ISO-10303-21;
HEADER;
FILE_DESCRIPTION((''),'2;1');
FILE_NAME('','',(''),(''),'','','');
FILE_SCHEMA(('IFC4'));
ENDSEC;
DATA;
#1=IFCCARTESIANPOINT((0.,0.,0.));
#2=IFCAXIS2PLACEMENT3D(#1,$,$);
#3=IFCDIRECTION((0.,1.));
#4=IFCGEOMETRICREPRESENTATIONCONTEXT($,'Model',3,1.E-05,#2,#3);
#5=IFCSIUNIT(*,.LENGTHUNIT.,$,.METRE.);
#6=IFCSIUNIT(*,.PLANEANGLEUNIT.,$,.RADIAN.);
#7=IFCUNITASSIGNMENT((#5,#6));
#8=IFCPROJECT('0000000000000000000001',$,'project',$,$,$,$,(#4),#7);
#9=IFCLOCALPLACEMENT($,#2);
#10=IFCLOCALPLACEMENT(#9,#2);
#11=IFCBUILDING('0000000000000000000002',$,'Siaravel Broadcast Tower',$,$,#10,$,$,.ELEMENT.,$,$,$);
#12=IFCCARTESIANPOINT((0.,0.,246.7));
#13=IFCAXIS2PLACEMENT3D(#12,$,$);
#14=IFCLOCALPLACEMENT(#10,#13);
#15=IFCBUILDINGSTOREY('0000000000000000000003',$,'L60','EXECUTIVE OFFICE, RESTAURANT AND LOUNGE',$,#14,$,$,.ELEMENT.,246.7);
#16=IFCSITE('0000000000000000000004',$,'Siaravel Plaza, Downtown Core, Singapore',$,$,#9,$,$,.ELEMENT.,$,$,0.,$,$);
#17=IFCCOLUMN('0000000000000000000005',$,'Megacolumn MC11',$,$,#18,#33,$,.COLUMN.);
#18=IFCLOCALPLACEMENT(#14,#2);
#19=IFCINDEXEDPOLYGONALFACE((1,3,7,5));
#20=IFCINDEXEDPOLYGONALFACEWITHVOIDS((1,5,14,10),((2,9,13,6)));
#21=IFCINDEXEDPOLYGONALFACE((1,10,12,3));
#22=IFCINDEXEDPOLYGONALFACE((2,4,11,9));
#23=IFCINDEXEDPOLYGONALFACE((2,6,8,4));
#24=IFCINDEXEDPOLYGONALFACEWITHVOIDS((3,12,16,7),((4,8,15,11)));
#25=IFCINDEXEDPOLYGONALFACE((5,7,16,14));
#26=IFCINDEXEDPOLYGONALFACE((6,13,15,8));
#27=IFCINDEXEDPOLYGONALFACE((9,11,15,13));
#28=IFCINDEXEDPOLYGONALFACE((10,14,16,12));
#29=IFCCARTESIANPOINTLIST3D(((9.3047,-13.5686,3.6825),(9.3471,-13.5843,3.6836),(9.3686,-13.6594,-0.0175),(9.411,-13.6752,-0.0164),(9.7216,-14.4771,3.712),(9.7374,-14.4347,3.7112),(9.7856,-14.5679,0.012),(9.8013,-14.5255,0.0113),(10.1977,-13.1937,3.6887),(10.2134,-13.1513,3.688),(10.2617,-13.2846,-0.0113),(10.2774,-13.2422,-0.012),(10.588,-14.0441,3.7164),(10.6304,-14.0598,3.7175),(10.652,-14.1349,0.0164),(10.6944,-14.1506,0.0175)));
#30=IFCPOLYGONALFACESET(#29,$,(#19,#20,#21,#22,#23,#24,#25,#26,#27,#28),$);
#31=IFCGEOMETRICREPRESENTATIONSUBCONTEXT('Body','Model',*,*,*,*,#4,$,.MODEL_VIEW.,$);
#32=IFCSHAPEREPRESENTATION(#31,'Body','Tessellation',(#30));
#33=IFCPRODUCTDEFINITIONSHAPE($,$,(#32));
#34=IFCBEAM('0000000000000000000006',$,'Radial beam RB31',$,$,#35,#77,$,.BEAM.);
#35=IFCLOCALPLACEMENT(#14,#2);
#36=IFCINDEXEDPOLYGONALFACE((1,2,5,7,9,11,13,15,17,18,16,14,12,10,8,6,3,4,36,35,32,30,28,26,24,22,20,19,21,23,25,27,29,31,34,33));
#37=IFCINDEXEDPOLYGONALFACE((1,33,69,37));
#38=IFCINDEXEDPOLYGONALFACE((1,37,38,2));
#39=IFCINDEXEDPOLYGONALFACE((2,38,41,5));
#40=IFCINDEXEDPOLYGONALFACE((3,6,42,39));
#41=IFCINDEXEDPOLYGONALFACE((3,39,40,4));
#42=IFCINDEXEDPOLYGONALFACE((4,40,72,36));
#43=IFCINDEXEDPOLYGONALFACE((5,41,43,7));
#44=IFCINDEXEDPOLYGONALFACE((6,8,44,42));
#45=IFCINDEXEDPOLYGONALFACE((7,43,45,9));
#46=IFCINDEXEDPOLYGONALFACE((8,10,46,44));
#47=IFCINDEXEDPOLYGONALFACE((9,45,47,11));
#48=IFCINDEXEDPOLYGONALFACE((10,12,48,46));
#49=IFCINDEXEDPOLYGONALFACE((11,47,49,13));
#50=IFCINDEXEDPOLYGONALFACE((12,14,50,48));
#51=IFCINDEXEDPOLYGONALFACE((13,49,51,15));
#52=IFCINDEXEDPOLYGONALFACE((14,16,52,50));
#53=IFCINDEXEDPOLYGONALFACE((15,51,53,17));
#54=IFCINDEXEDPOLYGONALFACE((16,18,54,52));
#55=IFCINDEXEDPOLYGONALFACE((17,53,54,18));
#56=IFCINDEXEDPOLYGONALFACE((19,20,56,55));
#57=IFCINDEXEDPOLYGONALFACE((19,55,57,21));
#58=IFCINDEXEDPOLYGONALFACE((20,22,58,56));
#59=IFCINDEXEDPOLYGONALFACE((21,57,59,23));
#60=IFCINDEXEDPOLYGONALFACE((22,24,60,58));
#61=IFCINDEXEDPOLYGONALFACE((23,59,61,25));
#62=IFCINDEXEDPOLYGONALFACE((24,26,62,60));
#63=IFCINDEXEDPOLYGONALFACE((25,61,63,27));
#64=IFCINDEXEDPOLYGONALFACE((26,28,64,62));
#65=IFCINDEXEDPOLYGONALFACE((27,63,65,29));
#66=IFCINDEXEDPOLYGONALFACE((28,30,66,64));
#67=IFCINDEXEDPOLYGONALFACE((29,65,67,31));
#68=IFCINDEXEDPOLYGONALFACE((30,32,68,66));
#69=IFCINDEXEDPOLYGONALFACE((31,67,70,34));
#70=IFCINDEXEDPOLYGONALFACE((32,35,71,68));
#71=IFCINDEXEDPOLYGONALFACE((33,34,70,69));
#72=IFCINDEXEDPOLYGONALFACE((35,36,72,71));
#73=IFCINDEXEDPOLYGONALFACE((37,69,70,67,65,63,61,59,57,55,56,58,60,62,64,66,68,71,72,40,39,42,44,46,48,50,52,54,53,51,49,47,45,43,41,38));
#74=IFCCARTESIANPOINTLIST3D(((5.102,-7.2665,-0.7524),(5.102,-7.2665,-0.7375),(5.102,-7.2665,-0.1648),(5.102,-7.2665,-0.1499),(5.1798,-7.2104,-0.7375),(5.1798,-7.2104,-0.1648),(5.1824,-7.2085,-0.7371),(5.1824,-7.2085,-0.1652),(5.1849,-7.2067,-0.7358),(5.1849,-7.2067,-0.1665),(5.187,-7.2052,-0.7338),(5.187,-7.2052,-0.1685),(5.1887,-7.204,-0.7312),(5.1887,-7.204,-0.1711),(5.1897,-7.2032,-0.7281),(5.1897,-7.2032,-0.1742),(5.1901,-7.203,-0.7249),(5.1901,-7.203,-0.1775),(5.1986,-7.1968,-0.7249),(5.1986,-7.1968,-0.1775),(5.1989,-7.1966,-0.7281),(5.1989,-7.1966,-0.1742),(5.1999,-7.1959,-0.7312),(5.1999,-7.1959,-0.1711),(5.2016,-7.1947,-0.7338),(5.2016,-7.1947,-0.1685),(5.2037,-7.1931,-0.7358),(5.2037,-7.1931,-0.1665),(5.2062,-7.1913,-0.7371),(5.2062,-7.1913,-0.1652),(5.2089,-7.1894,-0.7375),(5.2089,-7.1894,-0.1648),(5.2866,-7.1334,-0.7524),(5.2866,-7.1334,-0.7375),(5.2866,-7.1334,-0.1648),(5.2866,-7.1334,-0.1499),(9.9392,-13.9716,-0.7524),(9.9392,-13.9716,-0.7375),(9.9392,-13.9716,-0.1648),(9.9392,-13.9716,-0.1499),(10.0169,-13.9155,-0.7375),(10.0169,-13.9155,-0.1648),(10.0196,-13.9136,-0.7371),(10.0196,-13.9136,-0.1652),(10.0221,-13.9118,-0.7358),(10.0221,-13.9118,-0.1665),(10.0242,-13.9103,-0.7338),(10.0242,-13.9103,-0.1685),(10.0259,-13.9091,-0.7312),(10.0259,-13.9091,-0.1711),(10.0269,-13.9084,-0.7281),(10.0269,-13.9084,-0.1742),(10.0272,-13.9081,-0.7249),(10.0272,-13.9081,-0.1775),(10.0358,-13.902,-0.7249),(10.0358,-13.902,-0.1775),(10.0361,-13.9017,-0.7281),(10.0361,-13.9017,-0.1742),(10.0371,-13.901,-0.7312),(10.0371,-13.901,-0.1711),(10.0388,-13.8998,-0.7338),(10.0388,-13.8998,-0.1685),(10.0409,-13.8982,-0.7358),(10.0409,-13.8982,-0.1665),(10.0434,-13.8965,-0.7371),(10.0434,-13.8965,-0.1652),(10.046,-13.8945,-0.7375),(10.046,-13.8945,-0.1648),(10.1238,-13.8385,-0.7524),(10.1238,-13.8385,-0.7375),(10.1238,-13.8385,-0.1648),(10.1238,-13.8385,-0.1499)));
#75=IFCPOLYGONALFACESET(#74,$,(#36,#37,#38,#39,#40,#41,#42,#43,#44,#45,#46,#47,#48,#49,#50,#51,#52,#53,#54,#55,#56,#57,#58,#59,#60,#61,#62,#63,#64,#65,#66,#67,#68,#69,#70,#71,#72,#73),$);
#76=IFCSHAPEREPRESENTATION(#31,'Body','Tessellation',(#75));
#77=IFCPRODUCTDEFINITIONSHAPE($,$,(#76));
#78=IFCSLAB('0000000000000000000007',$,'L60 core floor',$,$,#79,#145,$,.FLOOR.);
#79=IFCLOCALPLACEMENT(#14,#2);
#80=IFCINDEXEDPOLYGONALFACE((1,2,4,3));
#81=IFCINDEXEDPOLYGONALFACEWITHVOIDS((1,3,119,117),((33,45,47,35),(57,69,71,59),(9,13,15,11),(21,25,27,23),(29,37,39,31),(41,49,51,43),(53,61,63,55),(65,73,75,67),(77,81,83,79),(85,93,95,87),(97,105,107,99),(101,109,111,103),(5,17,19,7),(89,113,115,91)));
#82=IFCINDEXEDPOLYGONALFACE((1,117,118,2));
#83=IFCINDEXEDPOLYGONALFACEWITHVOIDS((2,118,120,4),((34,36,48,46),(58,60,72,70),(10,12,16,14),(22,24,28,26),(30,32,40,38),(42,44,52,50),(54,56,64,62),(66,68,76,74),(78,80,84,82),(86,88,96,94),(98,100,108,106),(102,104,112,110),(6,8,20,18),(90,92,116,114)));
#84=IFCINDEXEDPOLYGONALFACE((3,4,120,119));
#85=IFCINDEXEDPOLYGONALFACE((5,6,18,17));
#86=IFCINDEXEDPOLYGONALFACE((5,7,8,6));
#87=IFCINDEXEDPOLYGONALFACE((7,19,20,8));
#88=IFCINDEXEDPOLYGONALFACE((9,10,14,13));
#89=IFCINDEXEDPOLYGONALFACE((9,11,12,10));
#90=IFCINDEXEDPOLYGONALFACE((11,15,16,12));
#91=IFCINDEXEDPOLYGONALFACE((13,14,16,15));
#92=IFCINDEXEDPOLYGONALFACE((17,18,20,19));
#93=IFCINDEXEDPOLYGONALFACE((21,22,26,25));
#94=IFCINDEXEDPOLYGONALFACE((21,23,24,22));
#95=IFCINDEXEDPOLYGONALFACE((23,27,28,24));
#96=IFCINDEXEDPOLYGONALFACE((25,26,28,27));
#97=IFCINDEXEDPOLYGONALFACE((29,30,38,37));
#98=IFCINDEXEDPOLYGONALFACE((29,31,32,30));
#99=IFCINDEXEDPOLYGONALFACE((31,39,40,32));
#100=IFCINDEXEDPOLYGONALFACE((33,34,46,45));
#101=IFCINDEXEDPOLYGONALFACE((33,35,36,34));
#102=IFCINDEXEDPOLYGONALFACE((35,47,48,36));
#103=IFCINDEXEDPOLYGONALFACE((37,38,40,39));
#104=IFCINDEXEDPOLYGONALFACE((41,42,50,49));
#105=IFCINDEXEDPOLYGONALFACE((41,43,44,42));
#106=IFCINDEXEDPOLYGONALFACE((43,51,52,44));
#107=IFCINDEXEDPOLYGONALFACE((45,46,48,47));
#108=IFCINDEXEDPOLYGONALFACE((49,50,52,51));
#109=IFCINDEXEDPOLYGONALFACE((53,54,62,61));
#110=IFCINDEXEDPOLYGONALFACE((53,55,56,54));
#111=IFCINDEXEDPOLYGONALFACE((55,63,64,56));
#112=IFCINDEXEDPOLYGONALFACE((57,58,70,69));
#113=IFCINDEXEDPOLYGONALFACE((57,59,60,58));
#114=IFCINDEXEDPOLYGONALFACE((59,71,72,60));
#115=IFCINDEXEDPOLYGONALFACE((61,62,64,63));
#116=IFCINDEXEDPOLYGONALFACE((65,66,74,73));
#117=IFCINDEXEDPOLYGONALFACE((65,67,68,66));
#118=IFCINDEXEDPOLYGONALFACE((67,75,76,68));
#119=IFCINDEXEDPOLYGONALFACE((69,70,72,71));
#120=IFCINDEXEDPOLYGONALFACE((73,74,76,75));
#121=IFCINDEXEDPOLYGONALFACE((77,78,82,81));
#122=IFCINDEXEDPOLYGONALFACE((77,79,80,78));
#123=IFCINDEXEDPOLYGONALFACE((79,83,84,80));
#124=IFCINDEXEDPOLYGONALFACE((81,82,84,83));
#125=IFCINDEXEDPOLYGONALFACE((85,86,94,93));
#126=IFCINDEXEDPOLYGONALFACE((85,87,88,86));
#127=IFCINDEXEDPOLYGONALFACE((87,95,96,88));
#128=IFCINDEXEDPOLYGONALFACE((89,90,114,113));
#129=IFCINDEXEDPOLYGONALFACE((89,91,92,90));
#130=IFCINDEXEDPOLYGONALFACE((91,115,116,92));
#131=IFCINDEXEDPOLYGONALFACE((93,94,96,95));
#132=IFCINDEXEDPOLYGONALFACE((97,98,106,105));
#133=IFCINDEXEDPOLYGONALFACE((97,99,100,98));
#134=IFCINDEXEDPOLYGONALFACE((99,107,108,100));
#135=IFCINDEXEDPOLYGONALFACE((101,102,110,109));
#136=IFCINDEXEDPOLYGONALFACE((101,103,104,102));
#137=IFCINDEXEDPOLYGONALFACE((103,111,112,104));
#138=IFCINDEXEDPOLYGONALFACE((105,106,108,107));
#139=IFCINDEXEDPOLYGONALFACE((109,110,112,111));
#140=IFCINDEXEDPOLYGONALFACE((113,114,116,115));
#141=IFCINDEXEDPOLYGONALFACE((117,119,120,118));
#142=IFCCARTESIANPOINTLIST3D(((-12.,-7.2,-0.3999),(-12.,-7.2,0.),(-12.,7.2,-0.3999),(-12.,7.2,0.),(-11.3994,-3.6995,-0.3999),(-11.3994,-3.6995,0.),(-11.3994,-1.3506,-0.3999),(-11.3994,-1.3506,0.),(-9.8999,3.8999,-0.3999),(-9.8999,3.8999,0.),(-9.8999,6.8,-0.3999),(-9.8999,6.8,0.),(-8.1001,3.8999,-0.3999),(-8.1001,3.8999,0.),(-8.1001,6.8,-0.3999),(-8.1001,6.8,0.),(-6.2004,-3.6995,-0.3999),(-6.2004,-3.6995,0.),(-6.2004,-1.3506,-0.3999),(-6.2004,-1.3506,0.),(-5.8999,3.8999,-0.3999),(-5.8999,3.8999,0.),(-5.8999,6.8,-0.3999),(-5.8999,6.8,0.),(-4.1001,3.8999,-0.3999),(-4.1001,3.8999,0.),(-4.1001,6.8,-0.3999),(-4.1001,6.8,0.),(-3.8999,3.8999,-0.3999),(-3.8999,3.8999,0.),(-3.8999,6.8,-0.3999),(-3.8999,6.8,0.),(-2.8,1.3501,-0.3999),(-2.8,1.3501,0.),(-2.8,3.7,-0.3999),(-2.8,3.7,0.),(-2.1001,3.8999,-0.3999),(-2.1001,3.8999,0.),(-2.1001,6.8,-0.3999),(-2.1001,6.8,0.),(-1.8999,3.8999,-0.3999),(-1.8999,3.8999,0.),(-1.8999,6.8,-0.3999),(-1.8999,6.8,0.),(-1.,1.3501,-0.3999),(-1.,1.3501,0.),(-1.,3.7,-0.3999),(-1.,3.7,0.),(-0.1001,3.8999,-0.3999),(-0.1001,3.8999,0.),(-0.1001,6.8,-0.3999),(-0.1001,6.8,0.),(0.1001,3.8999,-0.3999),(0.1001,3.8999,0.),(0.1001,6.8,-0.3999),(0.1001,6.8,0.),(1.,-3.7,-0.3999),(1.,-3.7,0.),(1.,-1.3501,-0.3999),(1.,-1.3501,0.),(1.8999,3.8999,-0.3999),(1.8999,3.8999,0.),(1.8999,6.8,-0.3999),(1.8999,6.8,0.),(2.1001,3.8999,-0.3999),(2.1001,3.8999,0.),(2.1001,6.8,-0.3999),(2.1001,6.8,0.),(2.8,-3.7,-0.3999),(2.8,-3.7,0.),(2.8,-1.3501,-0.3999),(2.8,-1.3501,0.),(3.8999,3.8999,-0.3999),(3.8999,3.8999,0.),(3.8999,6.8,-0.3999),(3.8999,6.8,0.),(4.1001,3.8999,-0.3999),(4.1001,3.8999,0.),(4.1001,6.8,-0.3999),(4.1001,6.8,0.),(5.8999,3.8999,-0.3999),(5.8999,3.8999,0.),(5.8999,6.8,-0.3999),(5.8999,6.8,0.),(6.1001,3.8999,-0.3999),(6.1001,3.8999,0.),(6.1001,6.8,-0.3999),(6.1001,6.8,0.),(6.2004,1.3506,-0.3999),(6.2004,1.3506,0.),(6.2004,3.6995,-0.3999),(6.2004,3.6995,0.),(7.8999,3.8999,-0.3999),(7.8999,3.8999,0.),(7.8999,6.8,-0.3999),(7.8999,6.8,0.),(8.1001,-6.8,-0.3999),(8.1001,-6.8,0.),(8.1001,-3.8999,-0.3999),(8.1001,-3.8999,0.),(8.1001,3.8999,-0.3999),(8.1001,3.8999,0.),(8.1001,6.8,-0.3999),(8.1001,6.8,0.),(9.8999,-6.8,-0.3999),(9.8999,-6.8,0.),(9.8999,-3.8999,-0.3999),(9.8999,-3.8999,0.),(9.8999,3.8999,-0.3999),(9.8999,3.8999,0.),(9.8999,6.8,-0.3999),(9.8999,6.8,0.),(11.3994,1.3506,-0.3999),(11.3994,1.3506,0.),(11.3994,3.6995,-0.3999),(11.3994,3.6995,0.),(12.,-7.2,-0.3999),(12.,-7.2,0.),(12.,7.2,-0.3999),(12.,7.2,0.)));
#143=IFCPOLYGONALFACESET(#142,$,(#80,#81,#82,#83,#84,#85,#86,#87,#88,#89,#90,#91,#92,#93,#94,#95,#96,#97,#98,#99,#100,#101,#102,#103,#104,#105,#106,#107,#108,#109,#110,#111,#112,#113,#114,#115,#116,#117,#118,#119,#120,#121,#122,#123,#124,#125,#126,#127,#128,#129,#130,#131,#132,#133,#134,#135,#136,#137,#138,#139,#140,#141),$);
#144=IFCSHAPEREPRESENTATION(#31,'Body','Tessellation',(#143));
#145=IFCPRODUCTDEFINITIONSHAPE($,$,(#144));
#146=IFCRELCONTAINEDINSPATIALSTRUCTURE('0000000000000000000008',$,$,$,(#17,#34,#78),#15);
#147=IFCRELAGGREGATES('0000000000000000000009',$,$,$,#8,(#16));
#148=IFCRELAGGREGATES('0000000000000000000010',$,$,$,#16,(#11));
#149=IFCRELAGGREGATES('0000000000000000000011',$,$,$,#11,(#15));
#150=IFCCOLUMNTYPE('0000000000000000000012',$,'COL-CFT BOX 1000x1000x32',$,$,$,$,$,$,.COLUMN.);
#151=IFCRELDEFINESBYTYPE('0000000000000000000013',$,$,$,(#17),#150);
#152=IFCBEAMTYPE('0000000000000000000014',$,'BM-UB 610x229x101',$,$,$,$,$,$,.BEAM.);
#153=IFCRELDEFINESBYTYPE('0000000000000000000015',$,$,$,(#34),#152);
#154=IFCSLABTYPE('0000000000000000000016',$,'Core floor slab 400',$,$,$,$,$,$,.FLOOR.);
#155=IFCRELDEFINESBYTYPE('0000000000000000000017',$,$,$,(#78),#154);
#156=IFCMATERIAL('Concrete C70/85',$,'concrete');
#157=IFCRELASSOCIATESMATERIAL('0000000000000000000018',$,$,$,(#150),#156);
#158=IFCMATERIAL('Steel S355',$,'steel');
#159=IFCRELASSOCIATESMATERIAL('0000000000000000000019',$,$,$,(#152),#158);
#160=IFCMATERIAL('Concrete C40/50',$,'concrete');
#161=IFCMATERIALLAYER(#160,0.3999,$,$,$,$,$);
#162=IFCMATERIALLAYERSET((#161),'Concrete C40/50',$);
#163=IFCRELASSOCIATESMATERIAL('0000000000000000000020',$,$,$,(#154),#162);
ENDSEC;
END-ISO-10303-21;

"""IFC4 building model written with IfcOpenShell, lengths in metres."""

from ifc_helpers import new_model, si_unit, direction, frame, origin, origin_2d, place, context, subcontext, project, spatial, polyline, hollow_rectangle, i_section, outline, extrude, material, layer, layer_set, material_profile, profile_set, type_object, element, save


model = new_model("IFC4")

# Units and contexts
model_context = context("Model", 3, precision=1e-05, world=origin(), true_north=direction((0.0, 1.0)))
body_context = subcontext(model_context, "Body", "Model", "MODEL_VIEW")
ifc_project = project(units=[si_unit("LENGTHUNIT", "METRE"), si_unit("PLANEANGLEUNIT", "RADIAN")], contexts=[model_context])

# Site, building, storey
site_placement = place(None, origin())
site = spatial("IfcSite", under=ifc_project, at=site_placement, Name="Siaravel Plaza, Downtown Core, Singapore", CompositionType="ELEMENT", RefElevation=0.0)
building_placement = place(site_placement, origin())
building = spatial("IfcBuilding", under=site, at=building_placement, Name="Siaravel Broadcast Tower", CompositionType="ELEMENT")
storey_placement = place(building_placement, frame((0.0, 0.0, 246.7)))
storey = spatial("IfcBuildingStorey", under=building, at=storey_placement, Name="L60", Description="EXECUTIVE OFFICE, RESTAURANT AND LOUNGE", CompositionType="ELEMENT", Elevation=246.7)

# Column
ifc_material_1 = material(Name="Concrete C70/85", Category="concrete")
ifc_material_profile_1 = material_profile(ifc_material_1, hollow_rectangle(XDim=1.0, YDim=1.0, WallThickness=0.032, at=origin_2d()))
ifc_profile_set_1 = profile_set([ifc_material_profile_1], Name="Concrete C70/85")
column_type = type_object("IfcColumnType", Name="COL-CFT BOX 1000x1000x32", PredefinedType="COLUMN", material=ifc_profile_set_1)
column_placement = place(storey_placement, frame((10.0315, -13.905, 0.0), z_axis=(-0.01728, 0.024535, 0.99955), x_axis=(-0.908759, -0.417285, -0.005468)))
element("IfcColumn", 1, at=column_placement, inside=storey, type_object=column_type, Name="Megacolumn MC11", PredefinedType="COLUMN", context=body_context, shape_type="SweptSolid", body=[
    extrude(hollow_rectangle(XDim=1.0, YDim=1.0, WallThickness=0.032, at=origin_2d()), origin(), (0.0, 0.0, 1.0), 3.7017),
])

# Beam
ifc_material_2 = material(Name="Steel S355", Category="steel")
ifc_material_profile_2 = material_profile(ifc_material_2, i_section(OverallWidth=0.2275, OverallDepth=0.6025, WebThickness=0.0105, FlangeThickness=0.0149, FilletRadius=0.0127, at=origin_2d()))
ifc_profile_set_2 = profile_set([ifc_material_profile_2], Name="Steel S355")
beam_type = type_object("IfcBeamType", Name="BM-UB 610x229x101", PredefinedType="BEAM", material=ifc_profile_set_2)
beam_placement = place(storey_placement, frame((10.0315, -13.905, -0.4512), z_axis=(-0.585061, 0.810989, 0.0), x_axis=(-0.810989, -0.585061, 0.0)))
element("IfcBeam", 2, at=beam_placement, inside=storey, type_object=beam_type, Name="Radial beam RB31", PredefinedType="BEAM", context=body_context, shape_type="SweptSolid", body=[
    extrude(i_section(OverallWidth=0.2275, OverallDepth=0.6025, WebThickness=0.0105, FlangeThickness=0.0149, FilletRadius=0.0127, at=origin_2d()), origin(), (0.0, 0.0, 1.0), 8.2678),
])

# Slab
ifc_material_3 = material(Name="Concrete C40/50", Category="concrete")
ifc_layer_1 = layer(ifc_material_3, 0.3999)
ifc_layer_set_1 = layer_set([ifc_layer_1], Name="Concrete C40/50")
slab_type_1 = type_object("IfcSlabType", Name="Core floor slab 400", PredefinedType="FLOOR", material=ifc_layer_set_1)
slab_1_placement = place(storey_placement, frame((0.0, 0.0, -0.3999)))
element("IfcSlab", 3, at=slab_1_placement, inside=storey, type_object=slab_type_1, Name="L60 core floor", PredefinedType="FLOOR", context=body_context, shape_type="SweptSolid", body=[
    extrude(outline(polyline([(-12.0, -7.2), (-12.0, 7.2), (12.0, 7.2), (12.0, -7.2), (-12.0, -7.2)]), holes=[polyline([(11.3994, 1.3506), (11.3994, 3.6995), (6.2004, 3.6995), (6.2004, 1.3506), (11.3994, 1.3506)]), polyline([(8.1001, -3.8999), (8.1001, -6.8), (9.8999, -6.8), (9.8999, -3.8999), (8.1001, -3.8999)]), polyline([(9.8999, 6.8), (8.1001, 6.8), (8.1001, 3.8999), (9.8999, 3.8999), (9.8999, 6.8)]), polyline([(7.8999, 6.8), (6.1001, 6.8), (6.1001, 3.8999), (7.8999, 3.8999), (7.8999, 6.8)]), polyline([(5.8999, 6.8), (4.1001, 6.8), (4.1001, 3.8999), (5.8999, 3.8999), (5.8999, 6.8)]), polyline([(3.8999, 6.8), (2.1001, 6.8), (2.1001, 3.8999), (3.8999, 3.8999), (3.8999, 6.8)]), polyline([(2.8, -1.3501), (1.0, -1.3501), (1.0, -3.7), (2.8, -3.7), (2.8, -1.3501)]), polyline([(1.8999, 6.8), (0.1001, 6.8), (0.1001, 3.8999), (1.8999, 3.8999), (1.8999, 6.8)]), polyline([(-0.1001, 6.8), (-1.8999, 6.8), (-1.8999, 3.8999), (-0.1001, 3.8999), (-0.1001, 6.8)]), polyline([(-1.0, 3.7), (-2.8, 3.7), (-2.8, 1.3501), (-1.0, 1.3501), (-1.0, 3.7)]), polyline([(-2.1001, 6.8), (-3.8999, 6.8), (-3.8999, 3.8999), (-2.1001, 3.8999), (-2.1001, 6.8)]), polyline([(-4.1001, 6.8), (-5.8999, 6.8), (-5.8999, 3.8999), (-4.1001, 3.8999), (-4.1001, 6.8)]), polyline([(-11.3994, -3.6995), (-6.2004, -3.6995), (-6.2004, -1.3506), (-11.3994, -1.3506), (-11.3994, -3.6995)]), polyline([(-8.1001, 6.8), (-9.8999, 6.8), (-9.8999, 3.8999), (-8.1001, 3.8999), (-8.1001, 6.8)])]), origin(), (0.0, 0.0, 1.0), 0.3999),
])

save(model, "model.ifc")
